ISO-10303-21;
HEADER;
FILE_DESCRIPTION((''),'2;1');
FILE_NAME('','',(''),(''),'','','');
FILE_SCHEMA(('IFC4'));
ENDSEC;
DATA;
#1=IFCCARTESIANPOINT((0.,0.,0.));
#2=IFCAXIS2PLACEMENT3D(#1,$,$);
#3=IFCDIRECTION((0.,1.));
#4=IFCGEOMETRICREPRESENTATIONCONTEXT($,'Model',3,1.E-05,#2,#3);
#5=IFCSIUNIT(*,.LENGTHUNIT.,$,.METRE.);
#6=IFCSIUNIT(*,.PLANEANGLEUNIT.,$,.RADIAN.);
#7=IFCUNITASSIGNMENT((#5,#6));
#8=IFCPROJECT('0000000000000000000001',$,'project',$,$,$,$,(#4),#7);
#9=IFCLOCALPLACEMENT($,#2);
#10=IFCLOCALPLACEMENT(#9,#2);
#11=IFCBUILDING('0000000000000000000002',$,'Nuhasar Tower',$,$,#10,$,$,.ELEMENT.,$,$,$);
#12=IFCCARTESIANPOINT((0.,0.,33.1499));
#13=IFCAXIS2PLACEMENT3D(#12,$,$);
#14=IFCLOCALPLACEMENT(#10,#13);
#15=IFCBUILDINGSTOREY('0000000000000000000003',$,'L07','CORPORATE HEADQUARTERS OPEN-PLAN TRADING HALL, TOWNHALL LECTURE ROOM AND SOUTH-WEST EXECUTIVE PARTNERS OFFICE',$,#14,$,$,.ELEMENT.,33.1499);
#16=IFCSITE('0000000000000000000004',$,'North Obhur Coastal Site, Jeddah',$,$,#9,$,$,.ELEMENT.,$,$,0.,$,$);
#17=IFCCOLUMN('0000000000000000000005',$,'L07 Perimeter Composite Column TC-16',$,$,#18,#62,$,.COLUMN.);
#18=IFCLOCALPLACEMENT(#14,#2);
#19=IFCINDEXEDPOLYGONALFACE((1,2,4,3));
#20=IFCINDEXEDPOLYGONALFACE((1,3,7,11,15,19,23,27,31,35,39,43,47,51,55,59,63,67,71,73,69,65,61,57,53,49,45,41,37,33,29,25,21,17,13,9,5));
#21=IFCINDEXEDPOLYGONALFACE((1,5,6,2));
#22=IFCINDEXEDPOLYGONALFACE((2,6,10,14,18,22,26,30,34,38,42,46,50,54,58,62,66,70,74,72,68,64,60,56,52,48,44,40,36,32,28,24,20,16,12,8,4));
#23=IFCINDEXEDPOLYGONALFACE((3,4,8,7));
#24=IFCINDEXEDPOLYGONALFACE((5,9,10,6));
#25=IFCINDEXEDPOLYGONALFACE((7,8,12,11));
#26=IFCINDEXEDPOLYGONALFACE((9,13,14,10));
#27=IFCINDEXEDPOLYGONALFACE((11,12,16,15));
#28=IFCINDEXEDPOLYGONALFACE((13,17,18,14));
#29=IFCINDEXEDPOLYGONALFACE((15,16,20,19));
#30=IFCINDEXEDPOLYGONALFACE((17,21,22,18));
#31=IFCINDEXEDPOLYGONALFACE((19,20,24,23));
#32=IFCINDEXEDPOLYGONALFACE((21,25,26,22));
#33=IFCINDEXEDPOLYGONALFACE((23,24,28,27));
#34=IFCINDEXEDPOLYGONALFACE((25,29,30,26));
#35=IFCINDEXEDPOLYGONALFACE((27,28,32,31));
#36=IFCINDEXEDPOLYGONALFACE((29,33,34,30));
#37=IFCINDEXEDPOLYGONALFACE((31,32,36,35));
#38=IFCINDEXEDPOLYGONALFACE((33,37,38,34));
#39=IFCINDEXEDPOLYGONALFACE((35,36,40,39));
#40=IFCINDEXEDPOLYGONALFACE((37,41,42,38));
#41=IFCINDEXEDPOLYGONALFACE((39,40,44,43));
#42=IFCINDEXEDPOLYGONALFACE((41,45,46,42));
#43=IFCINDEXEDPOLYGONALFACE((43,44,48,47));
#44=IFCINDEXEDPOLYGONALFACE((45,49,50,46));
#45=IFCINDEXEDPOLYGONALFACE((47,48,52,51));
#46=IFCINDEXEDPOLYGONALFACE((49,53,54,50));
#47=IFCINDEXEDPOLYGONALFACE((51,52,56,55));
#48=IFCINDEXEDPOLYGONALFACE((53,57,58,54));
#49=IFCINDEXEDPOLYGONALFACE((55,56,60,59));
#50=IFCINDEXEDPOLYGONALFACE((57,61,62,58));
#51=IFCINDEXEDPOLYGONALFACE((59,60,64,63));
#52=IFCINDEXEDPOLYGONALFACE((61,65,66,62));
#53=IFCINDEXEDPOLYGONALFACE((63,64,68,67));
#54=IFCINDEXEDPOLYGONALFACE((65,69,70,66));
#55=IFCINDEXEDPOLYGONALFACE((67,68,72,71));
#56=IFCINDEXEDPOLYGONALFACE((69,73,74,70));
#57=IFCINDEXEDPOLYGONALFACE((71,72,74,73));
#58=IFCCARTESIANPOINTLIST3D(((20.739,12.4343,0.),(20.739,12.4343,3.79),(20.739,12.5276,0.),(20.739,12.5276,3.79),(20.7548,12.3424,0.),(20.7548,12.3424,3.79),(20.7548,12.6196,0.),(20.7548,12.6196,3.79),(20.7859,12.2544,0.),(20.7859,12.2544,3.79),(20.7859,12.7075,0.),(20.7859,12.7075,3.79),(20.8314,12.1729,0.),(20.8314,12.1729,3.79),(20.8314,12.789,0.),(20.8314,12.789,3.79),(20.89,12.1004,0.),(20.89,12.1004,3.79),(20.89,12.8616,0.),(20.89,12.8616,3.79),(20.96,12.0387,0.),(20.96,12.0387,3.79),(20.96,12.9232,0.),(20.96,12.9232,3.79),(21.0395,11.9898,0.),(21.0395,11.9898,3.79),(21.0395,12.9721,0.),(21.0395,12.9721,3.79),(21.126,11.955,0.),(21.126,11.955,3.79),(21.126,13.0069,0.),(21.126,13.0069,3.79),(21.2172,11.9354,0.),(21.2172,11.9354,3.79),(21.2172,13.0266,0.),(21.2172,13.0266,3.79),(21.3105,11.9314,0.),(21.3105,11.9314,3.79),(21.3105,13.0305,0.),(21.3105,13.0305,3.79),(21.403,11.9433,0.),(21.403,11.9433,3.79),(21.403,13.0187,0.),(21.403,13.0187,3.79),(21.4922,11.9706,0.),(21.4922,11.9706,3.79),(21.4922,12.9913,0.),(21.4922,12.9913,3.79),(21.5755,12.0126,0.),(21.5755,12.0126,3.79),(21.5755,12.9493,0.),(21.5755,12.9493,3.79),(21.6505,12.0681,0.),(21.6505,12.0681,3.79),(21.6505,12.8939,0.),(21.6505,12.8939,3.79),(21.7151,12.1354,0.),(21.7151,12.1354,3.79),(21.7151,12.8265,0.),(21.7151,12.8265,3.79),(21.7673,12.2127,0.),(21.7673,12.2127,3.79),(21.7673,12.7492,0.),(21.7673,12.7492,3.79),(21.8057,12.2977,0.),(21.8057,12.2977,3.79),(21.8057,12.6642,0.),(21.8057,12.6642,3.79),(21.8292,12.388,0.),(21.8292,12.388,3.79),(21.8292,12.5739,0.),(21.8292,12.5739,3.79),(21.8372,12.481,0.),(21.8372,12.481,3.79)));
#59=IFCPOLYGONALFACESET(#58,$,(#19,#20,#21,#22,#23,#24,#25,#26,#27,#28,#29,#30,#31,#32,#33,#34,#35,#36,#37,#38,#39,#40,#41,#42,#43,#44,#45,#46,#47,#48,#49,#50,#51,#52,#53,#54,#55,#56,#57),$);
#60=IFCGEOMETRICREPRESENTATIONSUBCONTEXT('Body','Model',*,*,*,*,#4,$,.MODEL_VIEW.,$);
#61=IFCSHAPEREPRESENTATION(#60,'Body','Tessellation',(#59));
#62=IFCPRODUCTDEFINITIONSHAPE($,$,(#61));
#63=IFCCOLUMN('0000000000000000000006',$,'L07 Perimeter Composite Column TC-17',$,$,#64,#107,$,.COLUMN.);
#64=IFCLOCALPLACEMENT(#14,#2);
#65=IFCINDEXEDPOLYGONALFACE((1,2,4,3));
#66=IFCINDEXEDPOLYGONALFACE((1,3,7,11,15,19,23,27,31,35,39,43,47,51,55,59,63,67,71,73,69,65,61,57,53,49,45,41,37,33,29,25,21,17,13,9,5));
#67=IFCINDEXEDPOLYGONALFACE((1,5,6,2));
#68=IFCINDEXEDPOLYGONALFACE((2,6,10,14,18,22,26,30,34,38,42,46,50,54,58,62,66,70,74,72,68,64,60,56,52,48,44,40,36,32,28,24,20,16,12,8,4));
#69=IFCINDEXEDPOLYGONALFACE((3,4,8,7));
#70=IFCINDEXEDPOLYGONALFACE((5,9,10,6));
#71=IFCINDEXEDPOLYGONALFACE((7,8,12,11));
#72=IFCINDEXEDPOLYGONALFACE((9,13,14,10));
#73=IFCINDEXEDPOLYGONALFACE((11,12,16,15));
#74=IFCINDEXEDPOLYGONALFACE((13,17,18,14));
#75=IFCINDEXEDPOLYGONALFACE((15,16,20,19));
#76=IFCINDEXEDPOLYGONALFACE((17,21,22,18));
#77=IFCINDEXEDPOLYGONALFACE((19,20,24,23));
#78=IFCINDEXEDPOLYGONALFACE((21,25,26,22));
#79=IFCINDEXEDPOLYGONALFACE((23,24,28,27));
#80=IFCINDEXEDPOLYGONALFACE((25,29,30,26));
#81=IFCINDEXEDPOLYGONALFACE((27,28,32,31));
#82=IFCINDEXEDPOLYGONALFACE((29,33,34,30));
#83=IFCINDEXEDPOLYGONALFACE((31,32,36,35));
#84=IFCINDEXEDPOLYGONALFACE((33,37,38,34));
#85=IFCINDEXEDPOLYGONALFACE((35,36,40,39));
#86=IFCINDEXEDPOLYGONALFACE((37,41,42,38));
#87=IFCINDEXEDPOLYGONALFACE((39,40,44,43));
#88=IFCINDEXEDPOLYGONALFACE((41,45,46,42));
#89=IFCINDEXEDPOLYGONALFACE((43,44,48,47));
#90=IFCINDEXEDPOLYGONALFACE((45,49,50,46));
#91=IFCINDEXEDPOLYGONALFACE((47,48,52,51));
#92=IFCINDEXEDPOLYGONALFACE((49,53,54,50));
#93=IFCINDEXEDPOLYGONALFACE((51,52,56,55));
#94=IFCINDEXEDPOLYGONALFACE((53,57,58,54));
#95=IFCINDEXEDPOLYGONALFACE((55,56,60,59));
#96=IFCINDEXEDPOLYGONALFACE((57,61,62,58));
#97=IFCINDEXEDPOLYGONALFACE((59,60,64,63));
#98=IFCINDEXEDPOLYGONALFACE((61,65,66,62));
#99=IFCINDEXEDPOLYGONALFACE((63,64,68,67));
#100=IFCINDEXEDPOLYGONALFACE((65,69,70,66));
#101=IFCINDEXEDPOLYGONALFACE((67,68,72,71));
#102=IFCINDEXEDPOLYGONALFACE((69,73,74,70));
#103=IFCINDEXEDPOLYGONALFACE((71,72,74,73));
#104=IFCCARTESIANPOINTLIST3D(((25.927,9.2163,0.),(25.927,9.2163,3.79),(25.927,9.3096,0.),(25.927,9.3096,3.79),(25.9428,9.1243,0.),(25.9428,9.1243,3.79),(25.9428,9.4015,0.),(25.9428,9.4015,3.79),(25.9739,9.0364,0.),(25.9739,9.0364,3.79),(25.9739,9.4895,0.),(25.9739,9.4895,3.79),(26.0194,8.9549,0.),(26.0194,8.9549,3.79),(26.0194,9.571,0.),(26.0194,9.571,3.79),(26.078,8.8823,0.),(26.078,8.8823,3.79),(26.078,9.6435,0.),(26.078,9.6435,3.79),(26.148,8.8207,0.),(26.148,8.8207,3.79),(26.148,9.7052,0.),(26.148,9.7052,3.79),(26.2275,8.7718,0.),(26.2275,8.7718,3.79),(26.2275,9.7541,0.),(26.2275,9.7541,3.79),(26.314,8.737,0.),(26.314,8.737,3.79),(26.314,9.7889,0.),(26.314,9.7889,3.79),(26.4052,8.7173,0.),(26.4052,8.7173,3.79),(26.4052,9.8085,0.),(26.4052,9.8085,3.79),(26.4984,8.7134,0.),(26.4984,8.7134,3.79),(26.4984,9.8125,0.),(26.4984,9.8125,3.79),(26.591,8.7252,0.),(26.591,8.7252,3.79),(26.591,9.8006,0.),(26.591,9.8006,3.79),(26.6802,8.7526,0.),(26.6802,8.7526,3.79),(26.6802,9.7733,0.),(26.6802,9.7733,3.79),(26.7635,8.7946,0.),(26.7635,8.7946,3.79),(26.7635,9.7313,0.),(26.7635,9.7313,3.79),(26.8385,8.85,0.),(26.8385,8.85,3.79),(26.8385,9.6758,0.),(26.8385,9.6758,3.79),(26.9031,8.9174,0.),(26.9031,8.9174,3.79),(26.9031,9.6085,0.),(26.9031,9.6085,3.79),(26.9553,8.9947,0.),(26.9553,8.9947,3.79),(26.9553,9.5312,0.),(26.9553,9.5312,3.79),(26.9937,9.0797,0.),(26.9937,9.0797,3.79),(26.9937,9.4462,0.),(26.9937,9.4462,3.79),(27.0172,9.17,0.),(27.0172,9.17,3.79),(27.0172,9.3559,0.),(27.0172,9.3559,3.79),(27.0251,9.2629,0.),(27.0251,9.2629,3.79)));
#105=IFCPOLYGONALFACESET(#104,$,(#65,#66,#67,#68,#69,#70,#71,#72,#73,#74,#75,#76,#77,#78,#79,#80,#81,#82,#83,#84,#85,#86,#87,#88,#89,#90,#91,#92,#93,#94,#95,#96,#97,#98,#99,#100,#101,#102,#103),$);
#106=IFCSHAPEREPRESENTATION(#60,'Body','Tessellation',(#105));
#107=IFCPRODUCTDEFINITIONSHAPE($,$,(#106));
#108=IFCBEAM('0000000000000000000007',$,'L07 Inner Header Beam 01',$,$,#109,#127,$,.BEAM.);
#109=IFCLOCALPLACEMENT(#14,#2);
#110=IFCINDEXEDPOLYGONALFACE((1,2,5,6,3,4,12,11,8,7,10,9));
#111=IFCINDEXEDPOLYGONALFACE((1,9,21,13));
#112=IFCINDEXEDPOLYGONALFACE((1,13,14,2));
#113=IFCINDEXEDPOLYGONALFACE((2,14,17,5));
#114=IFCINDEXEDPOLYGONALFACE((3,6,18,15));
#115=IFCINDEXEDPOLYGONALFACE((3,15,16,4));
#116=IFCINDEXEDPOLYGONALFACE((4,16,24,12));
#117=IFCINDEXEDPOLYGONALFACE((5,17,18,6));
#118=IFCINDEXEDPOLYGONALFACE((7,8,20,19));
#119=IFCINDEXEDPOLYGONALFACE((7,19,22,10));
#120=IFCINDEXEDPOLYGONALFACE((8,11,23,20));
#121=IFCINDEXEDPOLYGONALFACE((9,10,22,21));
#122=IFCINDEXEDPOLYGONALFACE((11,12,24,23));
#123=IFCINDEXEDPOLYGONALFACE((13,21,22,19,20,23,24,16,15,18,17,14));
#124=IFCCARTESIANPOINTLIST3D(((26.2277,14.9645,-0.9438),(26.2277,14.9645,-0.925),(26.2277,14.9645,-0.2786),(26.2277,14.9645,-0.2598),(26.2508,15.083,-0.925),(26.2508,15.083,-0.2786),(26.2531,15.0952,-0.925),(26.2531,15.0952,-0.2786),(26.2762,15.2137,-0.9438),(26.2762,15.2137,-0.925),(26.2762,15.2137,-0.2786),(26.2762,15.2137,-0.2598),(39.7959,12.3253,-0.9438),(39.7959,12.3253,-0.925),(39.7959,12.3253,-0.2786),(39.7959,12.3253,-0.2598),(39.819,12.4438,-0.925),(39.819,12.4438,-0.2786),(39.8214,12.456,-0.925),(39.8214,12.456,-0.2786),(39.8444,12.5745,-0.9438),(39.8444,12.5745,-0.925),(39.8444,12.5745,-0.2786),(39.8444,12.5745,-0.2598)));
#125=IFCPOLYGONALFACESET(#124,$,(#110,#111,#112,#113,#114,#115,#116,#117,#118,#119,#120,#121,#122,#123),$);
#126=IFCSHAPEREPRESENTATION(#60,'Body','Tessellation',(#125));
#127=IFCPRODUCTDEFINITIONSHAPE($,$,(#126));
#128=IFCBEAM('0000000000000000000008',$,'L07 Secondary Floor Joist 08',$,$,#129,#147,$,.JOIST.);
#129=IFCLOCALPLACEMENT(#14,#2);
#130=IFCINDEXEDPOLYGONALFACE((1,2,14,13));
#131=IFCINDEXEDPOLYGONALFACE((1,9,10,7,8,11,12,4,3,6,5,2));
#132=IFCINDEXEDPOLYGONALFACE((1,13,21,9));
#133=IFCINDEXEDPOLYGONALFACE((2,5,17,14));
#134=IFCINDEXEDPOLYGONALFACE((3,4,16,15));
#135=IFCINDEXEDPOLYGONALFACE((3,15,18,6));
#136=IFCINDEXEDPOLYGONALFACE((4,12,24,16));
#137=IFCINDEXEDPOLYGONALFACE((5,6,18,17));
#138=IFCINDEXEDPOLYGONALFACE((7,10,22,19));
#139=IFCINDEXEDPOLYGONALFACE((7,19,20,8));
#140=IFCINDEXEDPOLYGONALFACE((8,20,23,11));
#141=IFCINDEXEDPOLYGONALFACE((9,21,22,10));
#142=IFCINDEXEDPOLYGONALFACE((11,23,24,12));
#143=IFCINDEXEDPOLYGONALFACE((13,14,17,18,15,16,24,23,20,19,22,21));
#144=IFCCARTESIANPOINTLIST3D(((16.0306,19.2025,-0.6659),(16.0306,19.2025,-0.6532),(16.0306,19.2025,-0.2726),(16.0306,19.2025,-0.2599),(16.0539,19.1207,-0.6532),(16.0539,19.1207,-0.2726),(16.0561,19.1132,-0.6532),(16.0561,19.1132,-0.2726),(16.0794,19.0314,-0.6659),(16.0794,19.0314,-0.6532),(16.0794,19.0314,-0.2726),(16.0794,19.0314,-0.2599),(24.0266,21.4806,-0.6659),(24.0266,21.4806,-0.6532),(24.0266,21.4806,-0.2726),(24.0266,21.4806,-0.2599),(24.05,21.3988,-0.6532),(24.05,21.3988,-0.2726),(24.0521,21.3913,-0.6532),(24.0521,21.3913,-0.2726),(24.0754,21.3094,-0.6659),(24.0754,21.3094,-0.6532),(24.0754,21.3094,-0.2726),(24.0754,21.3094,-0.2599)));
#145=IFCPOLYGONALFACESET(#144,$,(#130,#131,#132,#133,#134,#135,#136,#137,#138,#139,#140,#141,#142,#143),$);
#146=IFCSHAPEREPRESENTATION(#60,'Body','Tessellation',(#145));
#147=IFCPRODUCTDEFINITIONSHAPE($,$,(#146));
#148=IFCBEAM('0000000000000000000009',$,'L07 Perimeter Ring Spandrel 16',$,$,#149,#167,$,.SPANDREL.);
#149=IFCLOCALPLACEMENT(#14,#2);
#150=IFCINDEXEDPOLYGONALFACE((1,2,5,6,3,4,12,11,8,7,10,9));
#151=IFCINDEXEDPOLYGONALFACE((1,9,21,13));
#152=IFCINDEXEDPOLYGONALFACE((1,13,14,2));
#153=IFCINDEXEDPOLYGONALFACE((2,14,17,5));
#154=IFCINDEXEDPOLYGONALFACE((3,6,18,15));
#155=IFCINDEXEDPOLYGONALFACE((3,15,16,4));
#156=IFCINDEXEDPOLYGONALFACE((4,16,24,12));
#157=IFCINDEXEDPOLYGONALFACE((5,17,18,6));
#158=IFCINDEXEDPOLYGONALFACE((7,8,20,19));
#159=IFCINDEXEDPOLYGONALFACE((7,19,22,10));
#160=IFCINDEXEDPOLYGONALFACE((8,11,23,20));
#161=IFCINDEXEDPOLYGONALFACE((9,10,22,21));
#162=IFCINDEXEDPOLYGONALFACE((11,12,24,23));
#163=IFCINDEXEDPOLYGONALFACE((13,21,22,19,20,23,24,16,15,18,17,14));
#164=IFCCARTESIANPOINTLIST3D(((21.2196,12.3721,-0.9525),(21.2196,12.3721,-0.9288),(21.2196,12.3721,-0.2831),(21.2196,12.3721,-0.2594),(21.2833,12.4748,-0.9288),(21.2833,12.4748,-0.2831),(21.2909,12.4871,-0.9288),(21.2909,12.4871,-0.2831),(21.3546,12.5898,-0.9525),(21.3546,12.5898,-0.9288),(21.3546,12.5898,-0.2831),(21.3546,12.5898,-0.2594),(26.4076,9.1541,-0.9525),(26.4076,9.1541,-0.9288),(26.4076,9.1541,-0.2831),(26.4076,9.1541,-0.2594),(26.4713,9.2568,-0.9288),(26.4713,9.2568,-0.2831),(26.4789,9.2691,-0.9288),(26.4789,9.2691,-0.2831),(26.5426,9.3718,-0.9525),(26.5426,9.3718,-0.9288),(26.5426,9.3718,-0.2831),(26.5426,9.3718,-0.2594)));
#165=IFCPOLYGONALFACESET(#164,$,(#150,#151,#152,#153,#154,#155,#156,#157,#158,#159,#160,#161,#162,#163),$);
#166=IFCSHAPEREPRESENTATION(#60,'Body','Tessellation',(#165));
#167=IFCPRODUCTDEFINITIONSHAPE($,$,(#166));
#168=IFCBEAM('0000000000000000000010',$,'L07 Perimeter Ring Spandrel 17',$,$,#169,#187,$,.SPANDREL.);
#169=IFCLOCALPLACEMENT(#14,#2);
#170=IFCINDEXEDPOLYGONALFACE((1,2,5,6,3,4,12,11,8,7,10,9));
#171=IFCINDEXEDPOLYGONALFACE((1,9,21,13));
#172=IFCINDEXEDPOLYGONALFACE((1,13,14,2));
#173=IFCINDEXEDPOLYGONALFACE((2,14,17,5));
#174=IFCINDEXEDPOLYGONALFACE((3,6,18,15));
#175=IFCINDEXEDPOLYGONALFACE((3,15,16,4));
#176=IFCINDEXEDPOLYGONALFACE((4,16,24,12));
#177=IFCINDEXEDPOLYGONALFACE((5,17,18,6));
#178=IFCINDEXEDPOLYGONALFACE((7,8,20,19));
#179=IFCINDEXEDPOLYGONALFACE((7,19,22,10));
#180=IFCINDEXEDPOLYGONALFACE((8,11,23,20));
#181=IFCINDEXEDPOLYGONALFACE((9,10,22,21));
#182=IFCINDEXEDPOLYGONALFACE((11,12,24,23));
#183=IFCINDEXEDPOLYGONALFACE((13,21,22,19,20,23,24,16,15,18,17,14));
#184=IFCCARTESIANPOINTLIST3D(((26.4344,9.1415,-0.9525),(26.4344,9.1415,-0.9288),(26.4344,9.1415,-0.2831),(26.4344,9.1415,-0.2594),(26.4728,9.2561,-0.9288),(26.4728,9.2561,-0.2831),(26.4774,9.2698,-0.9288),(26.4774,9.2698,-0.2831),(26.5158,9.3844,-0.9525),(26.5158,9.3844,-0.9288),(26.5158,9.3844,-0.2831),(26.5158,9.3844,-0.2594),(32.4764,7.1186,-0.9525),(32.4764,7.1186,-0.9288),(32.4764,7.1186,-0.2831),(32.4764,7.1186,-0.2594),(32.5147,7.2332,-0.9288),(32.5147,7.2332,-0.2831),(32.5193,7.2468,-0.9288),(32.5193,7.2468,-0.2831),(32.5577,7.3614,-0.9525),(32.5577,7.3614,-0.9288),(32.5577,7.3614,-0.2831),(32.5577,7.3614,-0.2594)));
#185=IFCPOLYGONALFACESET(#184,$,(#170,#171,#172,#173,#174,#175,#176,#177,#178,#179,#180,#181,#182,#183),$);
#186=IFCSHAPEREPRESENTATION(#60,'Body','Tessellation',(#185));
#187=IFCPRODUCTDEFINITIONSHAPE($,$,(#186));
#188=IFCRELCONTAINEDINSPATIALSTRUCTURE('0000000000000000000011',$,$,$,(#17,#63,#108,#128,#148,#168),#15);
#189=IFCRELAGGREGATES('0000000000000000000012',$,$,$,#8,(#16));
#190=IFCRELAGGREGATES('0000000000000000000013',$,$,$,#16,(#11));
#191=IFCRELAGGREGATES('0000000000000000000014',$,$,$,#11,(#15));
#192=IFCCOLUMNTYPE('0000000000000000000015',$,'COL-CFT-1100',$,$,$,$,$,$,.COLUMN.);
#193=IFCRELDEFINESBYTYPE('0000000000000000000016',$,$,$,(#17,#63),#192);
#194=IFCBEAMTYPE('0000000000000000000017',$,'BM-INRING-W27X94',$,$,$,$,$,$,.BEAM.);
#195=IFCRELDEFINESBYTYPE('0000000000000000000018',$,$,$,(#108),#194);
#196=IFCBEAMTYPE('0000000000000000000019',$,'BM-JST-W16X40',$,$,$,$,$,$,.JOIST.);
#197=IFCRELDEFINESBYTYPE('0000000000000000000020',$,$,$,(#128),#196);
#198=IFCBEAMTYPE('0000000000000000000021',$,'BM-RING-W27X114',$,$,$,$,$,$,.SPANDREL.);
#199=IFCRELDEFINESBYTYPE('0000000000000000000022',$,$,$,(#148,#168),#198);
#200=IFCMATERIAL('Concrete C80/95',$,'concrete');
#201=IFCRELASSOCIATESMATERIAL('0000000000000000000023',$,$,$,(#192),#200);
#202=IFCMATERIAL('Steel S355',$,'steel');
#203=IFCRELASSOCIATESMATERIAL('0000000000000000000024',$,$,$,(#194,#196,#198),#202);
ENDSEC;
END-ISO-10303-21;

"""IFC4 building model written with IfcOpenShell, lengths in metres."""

from ifc_helpers import new_model, si_unit, direction, frame, origin, origin_2d, place, context, subcontext, project, spatial, circle, i_section, extrude, material, material_profile, profile_set, type_object, element, save


model = new_model("IFC4")

# Units and contexts
model_context = context("Model", 3, precision=1e-05, world=origin(), true_north=direction((0.0, 1.0)))
body_context = subcontext(model_context, "Body", "Model", "MODEL_VIEW")
ifc_project = project(units=[si_unit("LENGTHUNIT", "METRE"), si_unit("PLANEANGLEUNIT", "RADIAN")], contexts=[model_context])

# Site, building, storey
site_placement = place(None, origin())
site = spatial("IfcSite", under=ifc_project, at=site_placement, Name="North Obhur Coastal Site, Jeddah", CompositionType="ELEMENT", RefElevation=0.0)
building_placement = place(site_placement, origin())
building = spatial("IfcBuilding", under=site, at=building_placement, Name="Nuhasar Tower", CompositionType="ELEMENT")
storey_placement = place(building_placement, frame((0.0, 0.0, 33.1499)))
storey = spatial("IfcBuildingStorey", under=building, at=storey_placement, Name="L07", Description="CORPORATE HEADQUARTERS OPEN-PLAN TRADING HALL, TOWNHALL LECTURE ROOM AND SOUTH-WEST EXECUTIVE PARTNERS OFFICE", CompositionType="ELEMENT", Elevation=33.1499)

# Columns
ifc_material_1 = material(Name="Concrete C80/95", Category="concrete")
ifc_material_profile_1 = material_profile(ifc_material_1, circle(Radius=0.55, at=origin_2d()), Name="CFT1100")
ifc_profile_set_1 = profile_set([ifc_material_profile_1], Name="Concrete C80/95")
column_type = type_object("IfcColumnType", Name="COL-CFT-1100", PredefinedType="COLUMN", material=ifc_profile_set_1)
for number, where, z_axis, x_axis, name in (
    (1, (21.2871, 12.481, 0.0), (0.0, 0.0, 1.0), (1.0, 0.0, 0.0), "L07 Perimeter Composite Column TC-16"),
    (2, (26.4751, 9.2629, 0.0), (0.0, 0.0, 1.0), (1.0, 0.0, 0.0), "L07 Perimeter Composite Column TC-17"),
):
    element("IfcColumn", number, at=place(storey_placement, frame(where, z_axis=z_axis, x_axis=x_axis)), inside=storey, type_object=column_type, Name=name, PredefinedType="COLUMN", context=body_context, shape_type="SweptSolid", body=[
        extrude(circle(Radius=0.55, at=origin_2d()), origin(), (0.0, 0.0, 1.0), 3.79),
    ])

# Beams
ifc_material_2 = material(Name="Steel S355", Category="steel")
ifc_material_profile_2 = material_profile(ifc_material_2, i_section(OverallWidth=0.2539, OverallDepth=0.6841, WebThickness=0.0125, FlangeThickness=0.0188, at=origin_2d()), Name="W27X94")
ifc_profile_set_2 = profile_set([ifc_material_profile_2], Name="Steel S355")
beam_type_1 = type_object("IfcBeamType", Name="BM-INRING-W27X94", PredefinedType="BEAM", material=ifc_profile_set_2)
beam_1_placement = place(storey_placement, frame((26.252, 15.0891, -0.6018), z_axis=(0.981603, -0.190933, 0.0), x_axis=(0.190933, 0.981603, 0.0)))
element("IfcBeam", 3, at=beam_1_placement, inside=storey, type_object=beam_type_1, Name="L07 Inner Header Beam 01", PredefinedType="BEAM", context=body_context, shape_type="SweptSolid", body=[
    extrude(i_section(OverallWidth=0.2539, OverallDepth=0.6841, WebThickness=0.0125, FlangeThickness=0.0188, at=origin_2d()), origin(), (0.0, 0.0, 1.0), 13.8225),
])
ifc_material_profile_3 = material_profile(ifc_material_2, i_section(OverallWidth=0.178, OverallDepth=0.406, WebThickness=0.0078, FlangeThickness=0.0127, at=origin_2d()), Name="W16X40")
ifc_profile_set_3 = profile_set([ifc_material_profile_3], Name="Steel S355")
beam_type_2 = type_object("IfcBeamType", Name="BM-JST-W16X40", PredefinedType="JOIST", material=ifc_profile_set_3)
beam_2_placement = place(storey_placement, frame((24.051, 21.395, -0.4629), z_axis=(-0.961731, -0.273996, 0.0), x_axis=(0.273996, -0.961731, 0.0)))
element("IfcBeam", 4, at=beam_2_placement, inside=storey, type_object=beam_type_2, Name="L07 Secondary Floor Joist 08", PredefinedType="JOIST", context=body_context, shape_type="SweptSolid", body=[
    extrude(i_section(OverallWidth=0.178, OverallDepth=0.406, WebThickness=0.0078, FlangeThickness=0.0127, at=origin_2d()), origin(), (0.0, 0.0, 1.0), 8.3142),
])
ifc_material_profile_4 = material_profile(ifc_material_2, i_section(OverallWidth=0.2561, OverallDepth=0.6931, WebThickness=0.0144, FlangeThickness=0.0237, at=origin_2d()), Name="W27X114")
ifc_profile_set_4 = profile_set([ifc_material_profile_4], Name="Steel S355")
beam_type_3 = type_object("IfcBeamType", Name="BM-RING-W27X114", PredefinedType="SPANDREL", material=ifc_profile_set_4)
beam_3_placement = place(storey_placement, frame((21.2871, 12.481, -0.606), z_axis=(0.849795, -0.527113, 0.0), x_axis=(0.527113, 0.849795, 0.0)))
element("IfcBeam", 5, at=beam_3_placement, inside=storey, type_object=beam_type_3, Name="L07 Perimeter Ring Spandrel 16", PredefinedType="SPANDREL", context=body_context, shape_type="SweptSolid", body=[
    extrude(i_section(OverallWidth=0.2561, OverallDepth=0.6931, WebThickness=0.0144, FlangeThickness=0.0237, at=origin_2d()), origin(), (0.0, 0.0, 1.0), 6.105),
])
beam_4_placement = place(storey_placement, frame((26.4751, 9.2629, -0.606), z_axis=(0.948261, -0.317492, 0.0), x_axis=(0.317492, 0.948261, 0.0)))
element("IfcBeam", 6, at=beam_4_placement, inside=storey, type_object=beam_type_3, Name="L07 Perimeter Ring Spandrel 17", PredefinedType="SPANDREL", context=body_context, shape_type="SweptSolid", body=[
    extrude(i_section(OverallWidth=0.2561, OverallDepth=0.6931, WebThickness=0.0144, FlangeThickness=0.0237, at=origin_2d()), origin(), (0.0, 0.0, 1.0), 6.3716),
])

save(model, "model.ifc")
